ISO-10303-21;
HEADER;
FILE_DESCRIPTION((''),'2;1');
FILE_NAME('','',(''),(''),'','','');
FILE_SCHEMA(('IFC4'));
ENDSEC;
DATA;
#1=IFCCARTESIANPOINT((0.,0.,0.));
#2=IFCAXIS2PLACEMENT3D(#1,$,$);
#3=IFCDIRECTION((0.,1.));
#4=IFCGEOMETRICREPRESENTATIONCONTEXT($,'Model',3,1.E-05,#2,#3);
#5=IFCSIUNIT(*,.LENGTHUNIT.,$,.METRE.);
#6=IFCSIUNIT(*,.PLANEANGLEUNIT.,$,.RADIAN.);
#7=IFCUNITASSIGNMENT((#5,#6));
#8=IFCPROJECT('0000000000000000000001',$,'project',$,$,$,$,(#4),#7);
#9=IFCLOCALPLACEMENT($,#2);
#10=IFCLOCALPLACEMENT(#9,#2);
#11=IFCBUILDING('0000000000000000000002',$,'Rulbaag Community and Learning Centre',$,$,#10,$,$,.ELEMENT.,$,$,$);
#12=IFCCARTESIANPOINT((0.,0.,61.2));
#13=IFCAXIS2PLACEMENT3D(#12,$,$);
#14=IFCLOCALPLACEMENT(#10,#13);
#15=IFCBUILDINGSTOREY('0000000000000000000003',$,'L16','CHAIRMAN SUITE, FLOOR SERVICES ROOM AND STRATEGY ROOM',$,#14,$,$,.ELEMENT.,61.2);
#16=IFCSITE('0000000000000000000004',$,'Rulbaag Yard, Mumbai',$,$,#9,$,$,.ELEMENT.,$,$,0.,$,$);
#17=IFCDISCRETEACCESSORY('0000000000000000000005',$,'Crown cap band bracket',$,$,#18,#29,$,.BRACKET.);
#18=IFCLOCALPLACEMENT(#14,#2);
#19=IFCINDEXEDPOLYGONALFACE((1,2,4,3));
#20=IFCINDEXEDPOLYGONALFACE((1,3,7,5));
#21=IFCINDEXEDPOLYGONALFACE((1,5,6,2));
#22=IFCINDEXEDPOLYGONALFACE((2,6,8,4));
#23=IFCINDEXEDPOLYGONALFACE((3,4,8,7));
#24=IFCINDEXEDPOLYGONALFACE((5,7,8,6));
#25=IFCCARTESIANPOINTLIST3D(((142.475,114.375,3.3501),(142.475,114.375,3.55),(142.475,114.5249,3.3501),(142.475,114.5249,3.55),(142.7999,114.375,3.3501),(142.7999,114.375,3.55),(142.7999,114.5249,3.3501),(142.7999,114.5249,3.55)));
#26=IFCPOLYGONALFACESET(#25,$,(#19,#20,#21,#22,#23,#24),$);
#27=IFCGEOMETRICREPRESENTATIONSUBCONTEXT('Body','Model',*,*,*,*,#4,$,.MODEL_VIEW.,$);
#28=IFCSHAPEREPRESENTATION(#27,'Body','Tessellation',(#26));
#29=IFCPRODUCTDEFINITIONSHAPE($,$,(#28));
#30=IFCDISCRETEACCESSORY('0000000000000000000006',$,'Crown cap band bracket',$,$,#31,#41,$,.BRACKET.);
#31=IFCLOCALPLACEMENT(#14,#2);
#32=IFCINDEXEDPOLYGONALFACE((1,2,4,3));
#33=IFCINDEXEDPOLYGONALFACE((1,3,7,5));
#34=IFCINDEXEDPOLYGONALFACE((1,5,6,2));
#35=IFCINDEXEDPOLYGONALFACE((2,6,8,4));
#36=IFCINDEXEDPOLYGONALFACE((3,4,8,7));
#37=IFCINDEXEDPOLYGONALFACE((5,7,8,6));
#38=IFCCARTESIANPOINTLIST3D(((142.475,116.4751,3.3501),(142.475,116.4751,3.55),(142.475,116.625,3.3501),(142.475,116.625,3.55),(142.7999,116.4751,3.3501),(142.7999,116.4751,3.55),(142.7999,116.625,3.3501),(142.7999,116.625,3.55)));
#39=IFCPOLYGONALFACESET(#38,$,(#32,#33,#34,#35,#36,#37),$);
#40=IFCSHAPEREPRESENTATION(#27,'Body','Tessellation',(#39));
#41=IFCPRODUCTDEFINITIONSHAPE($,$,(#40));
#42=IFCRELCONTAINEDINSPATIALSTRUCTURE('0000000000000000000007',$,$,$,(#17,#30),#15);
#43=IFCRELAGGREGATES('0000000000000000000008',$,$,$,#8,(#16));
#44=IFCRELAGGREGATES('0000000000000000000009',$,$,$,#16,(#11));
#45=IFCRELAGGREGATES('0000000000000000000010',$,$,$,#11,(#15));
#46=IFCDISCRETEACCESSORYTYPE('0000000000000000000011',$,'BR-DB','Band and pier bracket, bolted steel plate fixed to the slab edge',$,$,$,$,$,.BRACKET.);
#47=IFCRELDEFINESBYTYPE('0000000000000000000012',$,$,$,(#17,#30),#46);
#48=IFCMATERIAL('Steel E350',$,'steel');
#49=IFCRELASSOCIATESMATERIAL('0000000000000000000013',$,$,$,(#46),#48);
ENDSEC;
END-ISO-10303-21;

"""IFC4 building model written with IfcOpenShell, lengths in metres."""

from ifc_helpers import new_model, si_unit, direction, frame, origin, origin_2d, place, context, subcontext, project, spatial, rectangle, extrude, material, type_object, element, save


model = new_model("IFC4")

# Units and contexts
model_context = context("Model", 3, precision=1e-05, world=origin(), true_north=direction((0.0, 1.0)))
body_context = subcontext(model_context, "Body", "Model", "MODEL_VIEW")
ifc_project = project(units=[si_unit("LENGTHUNIT", "METRE"), si_unit("PLANEANGLEUNIT", "RADIAN")], contexts=[model_context])

# Site, building, storey
site_placement = place(None, origin())
site = spatial("IfcSite", under=ifc_project, at=site_placement, Name="Rulbaag Yard, Mumbai", CompositionType="ELEMENT", RefElevation=0.0)
building_placement = place(site_placement, origin())
building = spatial("IfcBuilding", under=site, at=building_placement, Name="Rulbaag Community and Learning Centre", CompositionType="ELEMENT")
storey_placement = place(building_placement, frame((0.0, 0.0, 61.2)))
storey = spatial("IfcBuildingStorey", under=building, at=storey_placement, Name="L16", Description="CHAIRMAN SUITE, FLOOR SERVICES ROOM AND STRATEGY ROOM", CompositionType="ELEMENT", Elevation=61.2)

# Discrete accessories
ifc_material_1 = material(Name="Steel E350", Category="steel")
discrete_accessory_type = type_object("IfcDiscreteAccessoryType", Name="BR-DB", Description="Band and pier bracket, bolted steel plate fixed to the slab edge", PredefinedType="BRACKET", material=ifc_material_1)
for number, where, z_axis, x_axis, name in (
    (1, (142.6375, 114.45, 3.3501), (0.0, 0.0, 1.0), (1.0, 0.0, 0.0), "Crown cap band bracket"),
    (2, (142.6375, 116.55, 3.3501), (0.0, 0.0, 1.0), (1.0, 0.0, 0.0), "Crown cap band bracket"),
):
    element("IfcDiscreteAccessory", number, at=place(storey_placement, frame(where, z_axis=z_axis, x_axis=x_axis)), inside=storey, type_object=discrete_accessory_type, Name=name, PredefinedType="BRACKET", context=body_context, shape_type="SweptSolid", body=[
        extrude(rectangle(XDim=0.325, YDim=0.1499, at=origin_2d()), origin(), (0.0, 0.0, 1.0), 0.2),
    ])

save(model, "model.ifc")
